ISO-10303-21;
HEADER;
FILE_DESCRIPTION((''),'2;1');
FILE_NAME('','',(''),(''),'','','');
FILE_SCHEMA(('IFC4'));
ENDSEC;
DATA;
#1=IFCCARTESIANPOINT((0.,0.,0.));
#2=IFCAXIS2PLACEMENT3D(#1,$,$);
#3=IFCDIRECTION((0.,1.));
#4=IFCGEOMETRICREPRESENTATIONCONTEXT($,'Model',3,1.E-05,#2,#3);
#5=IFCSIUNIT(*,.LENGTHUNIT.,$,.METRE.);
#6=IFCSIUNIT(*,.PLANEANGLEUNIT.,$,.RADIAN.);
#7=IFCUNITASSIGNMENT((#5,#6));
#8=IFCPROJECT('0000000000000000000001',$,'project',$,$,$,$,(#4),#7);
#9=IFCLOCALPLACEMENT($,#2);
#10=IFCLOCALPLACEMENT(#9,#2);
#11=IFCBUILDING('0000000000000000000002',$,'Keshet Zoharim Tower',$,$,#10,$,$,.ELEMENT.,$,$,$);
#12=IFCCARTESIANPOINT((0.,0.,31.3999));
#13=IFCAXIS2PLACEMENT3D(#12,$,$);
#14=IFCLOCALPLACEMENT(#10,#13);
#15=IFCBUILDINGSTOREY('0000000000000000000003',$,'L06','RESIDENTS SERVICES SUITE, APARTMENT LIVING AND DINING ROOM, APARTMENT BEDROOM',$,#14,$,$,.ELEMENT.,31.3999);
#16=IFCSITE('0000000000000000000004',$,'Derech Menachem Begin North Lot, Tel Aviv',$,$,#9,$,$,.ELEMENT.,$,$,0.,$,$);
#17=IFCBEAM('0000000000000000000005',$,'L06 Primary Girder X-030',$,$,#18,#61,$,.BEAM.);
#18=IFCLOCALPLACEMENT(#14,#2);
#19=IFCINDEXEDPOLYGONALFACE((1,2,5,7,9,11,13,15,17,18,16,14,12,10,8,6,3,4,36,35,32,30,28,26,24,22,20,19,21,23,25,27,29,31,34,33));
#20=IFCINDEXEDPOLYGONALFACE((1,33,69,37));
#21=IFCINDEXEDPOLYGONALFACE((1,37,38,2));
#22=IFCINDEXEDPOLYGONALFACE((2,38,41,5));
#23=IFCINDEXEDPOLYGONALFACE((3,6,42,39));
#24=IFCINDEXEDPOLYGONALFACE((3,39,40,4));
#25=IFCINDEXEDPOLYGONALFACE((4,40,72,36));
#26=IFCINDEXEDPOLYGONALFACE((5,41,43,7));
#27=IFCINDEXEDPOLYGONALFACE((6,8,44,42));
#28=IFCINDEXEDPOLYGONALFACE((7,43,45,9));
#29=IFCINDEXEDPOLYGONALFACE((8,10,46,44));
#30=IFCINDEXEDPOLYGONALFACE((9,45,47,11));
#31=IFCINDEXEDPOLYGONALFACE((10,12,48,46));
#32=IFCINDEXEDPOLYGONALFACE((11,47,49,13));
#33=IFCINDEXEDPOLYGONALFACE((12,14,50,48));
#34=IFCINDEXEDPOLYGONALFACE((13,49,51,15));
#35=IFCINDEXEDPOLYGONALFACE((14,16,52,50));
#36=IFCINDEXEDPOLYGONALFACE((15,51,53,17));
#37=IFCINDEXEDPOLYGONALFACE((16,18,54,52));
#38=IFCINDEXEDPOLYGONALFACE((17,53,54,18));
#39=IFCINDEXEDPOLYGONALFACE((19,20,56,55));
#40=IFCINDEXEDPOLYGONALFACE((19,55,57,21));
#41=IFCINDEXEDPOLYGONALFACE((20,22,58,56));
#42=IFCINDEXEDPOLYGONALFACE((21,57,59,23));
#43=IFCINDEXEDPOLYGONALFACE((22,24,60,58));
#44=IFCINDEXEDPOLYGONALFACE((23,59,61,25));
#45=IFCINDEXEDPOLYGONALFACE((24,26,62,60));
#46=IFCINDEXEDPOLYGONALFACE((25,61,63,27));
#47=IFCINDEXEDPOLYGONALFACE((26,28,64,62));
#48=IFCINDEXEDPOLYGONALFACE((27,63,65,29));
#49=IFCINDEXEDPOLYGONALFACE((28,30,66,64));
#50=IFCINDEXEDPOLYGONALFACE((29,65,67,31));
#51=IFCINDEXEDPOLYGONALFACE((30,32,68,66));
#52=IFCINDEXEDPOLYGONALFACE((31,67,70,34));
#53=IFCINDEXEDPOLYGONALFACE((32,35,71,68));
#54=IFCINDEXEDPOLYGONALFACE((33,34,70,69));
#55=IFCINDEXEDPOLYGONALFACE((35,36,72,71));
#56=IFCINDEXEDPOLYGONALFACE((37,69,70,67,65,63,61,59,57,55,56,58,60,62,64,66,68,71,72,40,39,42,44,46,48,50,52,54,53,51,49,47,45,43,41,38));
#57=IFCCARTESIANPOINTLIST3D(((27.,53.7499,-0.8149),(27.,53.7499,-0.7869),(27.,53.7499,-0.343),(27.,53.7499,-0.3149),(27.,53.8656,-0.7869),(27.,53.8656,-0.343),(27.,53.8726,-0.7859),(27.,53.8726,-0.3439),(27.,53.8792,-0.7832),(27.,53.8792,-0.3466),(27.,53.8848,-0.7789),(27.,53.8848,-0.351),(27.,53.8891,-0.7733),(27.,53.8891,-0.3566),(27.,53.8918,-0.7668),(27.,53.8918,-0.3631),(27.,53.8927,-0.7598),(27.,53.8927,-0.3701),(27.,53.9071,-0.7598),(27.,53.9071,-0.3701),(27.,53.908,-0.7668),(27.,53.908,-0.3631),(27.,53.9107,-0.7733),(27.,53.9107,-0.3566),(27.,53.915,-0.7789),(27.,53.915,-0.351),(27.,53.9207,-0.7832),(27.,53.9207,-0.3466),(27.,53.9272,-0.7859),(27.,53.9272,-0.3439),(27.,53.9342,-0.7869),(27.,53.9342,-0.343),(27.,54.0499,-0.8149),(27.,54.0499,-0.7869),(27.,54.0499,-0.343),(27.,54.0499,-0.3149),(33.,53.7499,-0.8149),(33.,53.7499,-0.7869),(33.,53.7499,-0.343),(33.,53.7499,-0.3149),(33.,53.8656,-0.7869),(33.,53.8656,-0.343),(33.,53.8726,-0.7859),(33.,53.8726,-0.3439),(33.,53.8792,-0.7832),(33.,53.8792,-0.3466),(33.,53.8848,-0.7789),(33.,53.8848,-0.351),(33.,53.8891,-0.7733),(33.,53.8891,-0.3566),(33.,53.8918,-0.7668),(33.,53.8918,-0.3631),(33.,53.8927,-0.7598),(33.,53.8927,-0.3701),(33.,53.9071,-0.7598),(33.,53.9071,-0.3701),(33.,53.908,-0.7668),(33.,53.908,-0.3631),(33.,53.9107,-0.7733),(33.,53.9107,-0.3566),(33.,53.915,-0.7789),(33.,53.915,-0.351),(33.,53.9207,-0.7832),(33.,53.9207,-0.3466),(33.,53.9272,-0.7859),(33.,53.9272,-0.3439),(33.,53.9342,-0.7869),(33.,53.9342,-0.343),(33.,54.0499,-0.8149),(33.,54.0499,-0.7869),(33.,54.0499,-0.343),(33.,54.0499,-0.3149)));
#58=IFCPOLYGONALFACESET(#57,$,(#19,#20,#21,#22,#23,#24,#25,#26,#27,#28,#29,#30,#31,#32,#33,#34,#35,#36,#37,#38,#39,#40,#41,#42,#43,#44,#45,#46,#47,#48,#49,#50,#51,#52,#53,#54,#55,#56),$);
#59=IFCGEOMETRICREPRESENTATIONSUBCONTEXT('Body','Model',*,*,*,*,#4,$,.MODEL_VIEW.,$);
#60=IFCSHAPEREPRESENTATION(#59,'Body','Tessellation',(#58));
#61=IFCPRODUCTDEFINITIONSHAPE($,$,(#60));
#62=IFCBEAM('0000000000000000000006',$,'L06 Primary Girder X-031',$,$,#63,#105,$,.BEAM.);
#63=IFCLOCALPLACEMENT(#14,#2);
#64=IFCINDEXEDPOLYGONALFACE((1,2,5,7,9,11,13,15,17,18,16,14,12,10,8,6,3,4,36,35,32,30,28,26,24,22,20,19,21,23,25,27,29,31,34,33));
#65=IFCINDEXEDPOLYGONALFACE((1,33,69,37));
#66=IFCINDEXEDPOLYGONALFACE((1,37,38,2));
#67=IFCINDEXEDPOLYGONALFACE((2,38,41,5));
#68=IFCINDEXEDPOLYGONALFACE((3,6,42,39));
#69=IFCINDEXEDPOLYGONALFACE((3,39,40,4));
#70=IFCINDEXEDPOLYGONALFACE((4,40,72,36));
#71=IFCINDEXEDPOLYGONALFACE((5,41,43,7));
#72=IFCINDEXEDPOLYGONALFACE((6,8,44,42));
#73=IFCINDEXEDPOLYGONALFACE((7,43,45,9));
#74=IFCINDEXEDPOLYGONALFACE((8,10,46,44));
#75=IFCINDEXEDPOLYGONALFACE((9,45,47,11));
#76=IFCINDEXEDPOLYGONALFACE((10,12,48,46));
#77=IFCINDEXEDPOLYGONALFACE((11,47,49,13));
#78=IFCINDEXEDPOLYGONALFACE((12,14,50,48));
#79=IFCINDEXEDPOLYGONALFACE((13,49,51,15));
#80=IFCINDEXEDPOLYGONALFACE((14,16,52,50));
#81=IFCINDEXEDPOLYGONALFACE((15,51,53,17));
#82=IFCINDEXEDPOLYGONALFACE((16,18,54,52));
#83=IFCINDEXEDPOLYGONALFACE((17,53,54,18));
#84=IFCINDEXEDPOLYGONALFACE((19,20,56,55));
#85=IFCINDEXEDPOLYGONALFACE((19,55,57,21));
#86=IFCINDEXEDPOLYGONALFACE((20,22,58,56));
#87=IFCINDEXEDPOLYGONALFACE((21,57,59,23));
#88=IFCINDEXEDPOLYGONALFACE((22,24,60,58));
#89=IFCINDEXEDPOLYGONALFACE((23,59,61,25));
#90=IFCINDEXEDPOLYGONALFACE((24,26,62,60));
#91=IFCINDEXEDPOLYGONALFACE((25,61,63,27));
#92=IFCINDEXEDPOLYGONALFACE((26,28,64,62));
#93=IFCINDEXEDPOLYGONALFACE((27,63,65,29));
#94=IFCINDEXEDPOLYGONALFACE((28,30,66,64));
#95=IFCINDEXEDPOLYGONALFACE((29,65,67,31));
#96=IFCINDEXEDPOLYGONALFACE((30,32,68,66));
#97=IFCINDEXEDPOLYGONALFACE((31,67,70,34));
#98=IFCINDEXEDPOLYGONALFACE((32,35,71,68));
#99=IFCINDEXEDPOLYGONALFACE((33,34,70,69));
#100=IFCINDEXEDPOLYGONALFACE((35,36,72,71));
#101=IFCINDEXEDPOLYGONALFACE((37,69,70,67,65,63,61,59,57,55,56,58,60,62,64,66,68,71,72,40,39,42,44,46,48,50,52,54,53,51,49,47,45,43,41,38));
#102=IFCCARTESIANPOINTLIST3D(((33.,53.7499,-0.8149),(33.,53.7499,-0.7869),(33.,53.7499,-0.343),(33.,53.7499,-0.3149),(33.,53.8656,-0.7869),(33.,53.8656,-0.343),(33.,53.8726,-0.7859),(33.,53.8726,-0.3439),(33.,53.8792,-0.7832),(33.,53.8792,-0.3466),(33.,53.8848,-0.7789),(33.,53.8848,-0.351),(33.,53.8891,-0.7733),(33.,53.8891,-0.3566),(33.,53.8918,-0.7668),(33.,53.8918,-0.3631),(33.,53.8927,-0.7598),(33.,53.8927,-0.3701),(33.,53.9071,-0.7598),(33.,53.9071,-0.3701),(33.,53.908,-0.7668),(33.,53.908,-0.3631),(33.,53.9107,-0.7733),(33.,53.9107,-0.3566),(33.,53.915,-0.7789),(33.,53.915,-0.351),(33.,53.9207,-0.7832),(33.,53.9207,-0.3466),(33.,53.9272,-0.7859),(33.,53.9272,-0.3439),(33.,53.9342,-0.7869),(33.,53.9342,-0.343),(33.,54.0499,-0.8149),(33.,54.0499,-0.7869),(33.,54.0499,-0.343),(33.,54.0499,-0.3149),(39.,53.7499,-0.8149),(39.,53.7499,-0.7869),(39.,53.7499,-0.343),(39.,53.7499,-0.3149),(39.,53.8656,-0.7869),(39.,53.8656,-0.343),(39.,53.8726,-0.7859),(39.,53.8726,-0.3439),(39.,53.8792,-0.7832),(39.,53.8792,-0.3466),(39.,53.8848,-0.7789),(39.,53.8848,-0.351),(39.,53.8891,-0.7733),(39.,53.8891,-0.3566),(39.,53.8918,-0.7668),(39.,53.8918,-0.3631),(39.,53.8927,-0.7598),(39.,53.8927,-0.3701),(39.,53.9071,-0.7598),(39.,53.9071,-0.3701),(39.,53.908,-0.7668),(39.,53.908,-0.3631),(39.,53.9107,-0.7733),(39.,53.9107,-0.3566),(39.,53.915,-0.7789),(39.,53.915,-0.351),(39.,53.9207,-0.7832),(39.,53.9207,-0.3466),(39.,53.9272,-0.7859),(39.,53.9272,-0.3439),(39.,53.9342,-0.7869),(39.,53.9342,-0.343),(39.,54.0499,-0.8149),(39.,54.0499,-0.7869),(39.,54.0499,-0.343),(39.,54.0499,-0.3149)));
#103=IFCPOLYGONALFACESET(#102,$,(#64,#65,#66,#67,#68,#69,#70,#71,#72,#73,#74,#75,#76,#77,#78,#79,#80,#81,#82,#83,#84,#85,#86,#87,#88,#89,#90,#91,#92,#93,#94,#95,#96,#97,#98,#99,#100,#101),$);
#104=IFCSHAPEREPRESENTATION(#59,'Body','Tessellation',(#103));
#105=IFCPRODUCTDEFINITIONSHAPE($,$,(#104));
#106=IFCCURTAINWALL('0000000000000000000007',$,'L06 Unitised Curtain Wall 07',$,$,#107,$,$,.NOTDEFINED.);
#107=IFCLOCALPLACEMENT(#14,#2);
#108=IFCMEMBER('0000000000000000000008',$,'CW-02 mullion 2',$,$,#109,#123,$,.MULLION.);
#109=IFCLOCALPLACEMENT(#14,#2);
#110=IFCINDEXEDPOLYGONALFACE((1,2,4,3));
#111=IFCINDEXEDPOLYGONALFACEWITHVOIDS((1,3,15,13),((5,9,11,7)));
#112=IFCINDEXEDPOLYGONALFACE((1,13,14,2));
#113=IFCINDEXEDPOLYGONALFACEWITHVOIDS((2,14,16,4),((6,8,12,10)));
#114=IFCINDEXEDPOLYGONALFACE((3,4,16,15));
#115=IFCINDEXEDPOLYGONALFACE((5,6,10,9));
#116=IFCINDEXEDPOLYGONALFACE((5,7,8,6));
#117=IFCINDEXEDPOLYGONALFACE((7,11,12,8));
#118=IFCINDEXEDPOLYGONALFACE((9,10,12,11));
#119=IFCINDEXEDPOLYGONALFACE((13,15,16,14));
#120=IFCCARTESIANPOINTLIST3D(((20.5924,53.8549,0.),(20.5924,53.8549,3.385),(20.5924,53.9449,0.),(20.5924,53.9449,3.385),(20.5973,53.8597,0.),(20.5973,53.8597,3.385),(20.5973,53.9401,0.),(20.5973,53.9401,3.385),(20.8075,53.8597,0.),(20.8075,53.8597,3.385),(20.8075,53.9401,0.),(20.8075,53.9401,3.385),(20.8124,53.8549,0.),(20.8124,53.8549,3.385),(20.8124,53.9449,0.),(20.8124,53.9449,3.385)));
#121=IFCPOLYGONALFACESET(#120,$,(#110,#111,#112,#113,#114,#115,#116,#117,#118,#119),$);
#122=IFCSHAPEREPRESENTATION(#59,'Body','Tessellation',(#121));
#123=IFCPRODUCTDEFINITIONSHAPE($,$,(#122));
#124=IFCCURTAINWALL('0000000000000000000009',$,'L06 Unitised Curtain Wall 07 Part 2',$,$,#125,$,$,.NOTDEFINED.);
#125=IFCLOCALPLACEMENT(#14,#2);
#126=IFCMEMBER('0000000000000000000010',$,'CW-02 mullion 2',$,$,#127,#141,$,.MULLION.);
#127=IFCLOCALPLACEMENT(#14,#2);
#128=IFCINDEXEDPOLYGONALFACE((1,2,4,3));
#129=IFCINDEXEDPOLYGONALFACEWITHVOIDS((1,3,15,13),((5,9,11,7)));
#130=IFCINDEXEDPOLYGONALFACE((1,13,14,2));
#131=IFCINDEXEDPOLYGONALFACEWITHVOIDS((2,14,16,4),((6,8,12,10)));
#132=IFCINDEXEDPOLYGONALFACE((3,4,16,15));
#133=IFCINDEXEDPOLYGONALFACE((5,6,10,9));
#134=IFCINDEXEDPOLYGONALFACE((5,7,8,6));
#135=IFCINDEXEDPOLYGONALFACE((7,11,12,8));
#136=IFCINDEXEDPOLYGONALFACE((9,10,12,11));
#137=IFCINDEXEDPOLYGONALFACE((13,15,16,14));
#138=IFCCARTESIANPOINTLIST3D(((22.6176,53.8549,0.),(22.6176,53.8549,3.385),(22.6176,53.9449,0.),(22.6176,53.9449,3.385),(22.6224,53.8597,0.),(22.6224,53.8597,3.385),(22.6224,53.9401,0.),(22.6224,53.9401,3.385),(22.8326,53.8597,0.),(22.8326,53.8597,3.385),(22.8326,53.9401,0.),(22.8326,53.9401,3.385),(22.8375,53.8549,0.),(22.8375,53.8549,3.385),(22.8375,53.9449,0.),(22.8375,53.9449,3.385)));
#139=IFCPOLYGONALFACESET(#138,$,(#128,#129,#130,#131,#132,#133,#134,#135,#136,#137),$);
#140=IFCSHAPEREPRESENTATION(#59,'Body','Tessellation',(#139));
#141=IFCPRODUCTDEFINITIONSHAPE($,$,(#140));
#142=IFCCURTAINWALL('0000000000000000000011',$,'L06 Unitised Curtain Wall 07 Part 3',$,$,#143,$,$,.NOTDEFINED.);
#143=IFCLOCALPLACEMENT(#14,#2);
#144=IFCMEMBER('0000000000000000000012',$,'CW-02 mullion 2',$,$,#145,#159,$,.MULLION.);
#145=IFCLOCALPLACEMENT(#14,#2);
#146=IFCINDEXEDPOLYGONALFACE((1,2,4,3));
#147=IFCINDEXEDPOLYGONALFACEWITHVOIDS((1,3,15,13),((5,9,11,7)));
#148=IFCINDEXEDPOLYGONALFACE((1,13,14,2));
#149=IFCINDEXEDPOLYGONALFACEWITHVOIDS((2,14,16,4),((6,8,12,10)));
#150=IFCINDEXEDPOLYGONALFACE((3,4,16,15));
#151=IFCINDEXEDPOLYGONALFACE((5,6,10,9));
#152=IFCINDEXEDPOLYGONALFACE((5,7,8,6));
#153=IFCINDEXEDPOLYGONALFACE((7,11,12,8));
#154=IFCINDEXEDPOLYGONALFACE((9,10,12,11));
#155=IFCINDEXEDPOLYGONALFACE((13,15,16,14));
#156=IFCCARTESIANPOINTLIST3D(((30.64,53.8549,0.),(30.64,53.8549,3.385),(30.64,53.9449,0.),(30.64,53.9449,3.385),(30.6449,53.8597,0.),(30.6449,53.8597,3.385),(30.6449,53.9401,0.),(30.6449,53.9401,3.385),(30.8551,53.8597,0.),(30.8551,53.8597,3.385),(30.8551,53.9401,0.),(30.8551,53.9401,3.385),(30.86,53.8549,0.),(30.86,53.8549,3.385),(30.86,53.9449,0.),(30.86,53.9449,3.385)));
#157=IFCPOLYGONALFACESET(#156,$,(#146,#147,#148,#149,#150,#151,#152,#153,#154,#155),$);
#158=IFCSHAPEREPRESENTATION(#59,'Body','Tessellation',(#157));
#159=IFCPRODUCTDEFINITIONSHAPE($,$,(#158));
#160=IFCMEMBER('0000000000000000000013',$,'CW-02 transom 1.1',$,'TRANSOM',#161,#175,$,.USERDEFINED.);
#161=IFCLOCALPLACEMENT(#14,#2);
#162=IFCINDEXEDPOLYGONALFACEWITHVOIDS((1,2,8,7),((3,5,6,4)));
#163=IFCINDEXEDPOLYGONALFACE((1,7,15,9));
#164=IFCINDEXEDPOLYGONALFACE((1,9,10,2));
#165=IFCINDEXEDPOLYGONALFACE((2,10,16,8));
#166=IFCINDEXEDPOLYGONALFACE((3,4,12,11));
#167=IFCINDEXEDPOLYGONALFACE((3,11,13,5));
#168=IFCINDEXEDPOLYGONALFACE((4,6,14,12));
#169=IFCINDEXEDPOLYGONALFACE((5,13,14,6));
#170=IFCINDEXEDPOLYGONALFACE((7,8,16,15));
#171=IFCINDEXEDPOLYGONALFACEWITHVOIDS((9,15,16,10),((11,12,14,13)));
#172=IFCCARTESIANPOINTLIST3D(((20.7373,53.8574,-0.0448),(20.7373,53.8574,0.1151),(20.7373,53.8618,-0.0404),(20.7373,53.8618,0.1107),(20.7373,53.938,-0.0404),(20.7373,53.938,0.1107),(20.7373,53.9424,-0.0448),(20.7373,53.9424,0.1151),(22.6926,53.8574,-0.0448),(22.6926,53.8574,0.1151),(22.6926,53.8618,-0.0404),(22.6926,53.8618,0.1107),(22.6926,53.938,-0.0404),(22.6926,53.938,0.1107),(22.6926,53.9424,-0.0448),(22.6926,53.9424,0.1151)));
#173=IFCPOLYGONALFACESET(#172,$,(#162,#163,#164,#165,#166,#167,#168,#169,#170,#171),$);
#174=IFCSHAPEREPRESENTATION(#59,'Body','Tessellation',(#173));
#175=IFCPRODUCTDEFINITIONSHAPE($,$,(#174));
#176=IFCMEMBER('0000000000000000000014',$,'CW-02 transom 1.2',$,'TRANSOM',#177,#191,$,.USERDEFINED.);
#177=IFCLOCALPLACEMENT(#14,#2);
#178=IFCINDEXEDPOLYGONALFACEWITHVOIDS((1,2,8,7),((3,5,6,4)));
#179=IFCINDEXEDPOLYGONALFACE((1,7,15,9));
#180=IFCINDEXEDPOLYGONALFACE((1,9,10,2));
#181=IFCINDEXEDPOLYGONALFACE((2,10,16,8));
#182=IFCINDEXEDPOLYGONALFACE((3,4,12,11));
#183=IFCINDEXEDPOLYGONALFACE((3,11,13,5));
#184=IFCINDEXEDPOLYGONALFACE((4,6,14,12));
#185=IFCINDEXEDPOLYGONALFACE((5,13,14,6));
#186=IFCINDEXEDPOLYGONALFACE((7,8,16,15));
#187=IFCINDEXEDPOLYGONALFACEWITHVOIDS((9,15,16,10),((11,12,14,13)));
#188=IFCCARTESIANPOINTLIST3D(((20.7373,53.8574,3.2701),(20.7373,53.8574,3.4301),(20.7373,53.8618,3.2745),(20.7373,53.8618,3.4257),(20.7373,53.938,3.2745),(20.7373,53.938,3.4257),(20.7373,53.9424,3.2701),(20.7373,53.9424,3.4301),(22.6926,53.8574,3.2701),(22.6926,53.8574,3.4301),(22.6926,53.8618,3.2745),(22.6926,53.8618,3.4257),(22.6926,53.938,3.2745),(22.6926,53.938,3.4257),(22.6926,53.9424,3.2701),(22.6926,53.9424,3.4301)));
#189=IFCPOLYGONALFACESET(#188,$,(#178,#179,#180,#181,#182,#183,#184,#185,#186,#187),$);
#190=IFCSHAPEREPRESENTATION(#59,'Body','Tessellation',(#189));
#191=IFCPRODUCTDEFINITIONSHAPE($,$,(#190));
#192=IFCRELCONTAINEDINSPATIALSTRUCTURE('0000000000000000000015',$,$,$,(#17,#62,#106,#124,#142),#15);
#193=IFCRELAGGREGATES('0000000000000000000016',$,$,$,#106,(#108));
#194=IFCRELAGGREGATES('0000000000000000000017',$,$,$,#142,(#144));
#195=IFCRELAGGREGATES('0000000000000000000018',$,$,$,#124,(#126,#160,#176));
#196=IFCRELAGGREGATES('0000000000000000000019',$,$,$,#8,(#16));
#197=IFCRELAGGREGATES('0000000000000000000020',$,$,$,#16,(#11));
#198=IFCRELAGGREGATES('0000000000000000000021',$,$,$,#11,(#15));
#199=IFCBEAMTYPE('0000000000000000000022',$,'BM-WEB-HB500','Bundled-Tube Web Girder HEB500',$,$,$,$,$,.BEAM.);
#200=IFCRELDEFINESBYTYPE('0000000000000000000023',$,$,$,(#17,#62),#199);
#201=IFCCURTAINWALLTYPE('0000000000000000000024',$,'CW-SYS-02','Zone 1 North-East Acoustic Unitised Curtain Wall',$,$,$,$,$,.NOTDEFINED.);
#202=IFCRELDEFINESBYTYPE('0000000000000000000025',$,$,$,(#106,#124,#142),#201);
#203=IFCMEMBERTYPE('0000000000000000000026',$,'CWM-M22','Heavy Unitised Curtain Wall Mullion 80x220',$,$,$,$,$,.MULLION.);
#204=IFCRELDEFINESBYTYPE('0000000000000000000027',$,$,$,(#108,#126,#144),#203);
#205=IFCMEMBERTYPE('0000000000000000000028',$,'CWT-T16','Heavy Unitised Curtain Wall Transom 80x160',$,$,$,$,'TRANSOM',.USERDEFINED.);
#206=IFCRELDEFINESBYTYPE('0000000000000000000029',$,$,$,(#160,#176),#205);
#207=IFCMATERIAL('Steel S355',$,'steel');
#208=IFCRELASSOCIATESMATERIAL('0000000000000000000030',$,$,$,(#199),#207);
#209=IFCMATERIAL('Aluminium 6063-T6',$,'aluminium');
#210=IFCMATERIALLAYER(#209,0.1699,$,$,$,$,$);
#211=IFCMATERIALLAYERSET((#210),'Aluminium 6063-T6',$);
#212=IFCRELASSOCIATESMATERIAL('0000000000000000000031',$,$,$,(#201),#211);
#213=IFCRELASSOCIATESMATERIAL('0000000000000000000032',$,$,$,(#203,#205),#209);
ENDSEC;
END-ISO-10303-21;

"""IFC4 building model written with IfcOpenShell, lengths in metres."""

from ifc_helpers import new_model, si_unit, direction, frame, origin, origin_2d, place, context, subcontext, project, spatial, hollow_rectangle, i_section, extrude, material, layer, layer_set, material_profile, profile_set, type_object, element, aggregate, save


model = new_model("IFC4")

# Units and contexts
model_context = context("Model", 3, precision=1e-05, world=origin(), true_north=direction((0.0, 1.0)))
body_context = subcontext(model_context, "Body", "Model", "MODEL_VIEW")
ifc_project = project(units=[si_unit("LENGTHUNIT", "METRE"), si_unit("PLANEANGLEUNIT", "RADIAN")], contexts=[model_context])

# Site, building, storey
site_placement = place(None, origin())
site = spatial("IfcSite", under=ifc_project, at=site_placement, Name="Derech Menachem Begin North Lot, Tel Aviv", CompositionType="ELEMENT", RefElevation=0.0)
building_placement = place(site_placement, origin())
building = spatial("IfcBuilding", under=site, at=building_placement, Name="Keshet Zoharim Tower", CompositionType="ELEMENT")
storey_placement = place(building_placement, frame((0.0, 0.0, 31.3999)))
storey = spatial("IfcBuildingStorey", under=building, at=storey_placement, Name="L06", Description="RESIDENTS SERVICES SUITE, APARTMENT LIVING AND DINING ROOM, APARTMENT BEDROOM", CompositionType="ELEMENT", Elevation=31.3999)

# Shared definitions
ifc_material_1 = material(Name="Steel S355", Category="steel")

# Beams
ifc_material_profile_1 = material_profile(ifc_material_1, i_section(OverallWidth=0.3, OverallDepth=0.5, WebThickness=0.0144, FlangeThickness=0.0281, FilletRadius=0.0271, at=origin_2d()), Name="HEB500")
ifc_profile_set_1 = profile_set([ifc_material_profile_1], Name="Steel S355")
beam_type = type_object("IfcBeamType", Name="BM-WEB-HB500", Description="Bundled-Tube Web Girder HEB500", PredefinedType="BEAM", material=ifc_profile_set_1)
for number, where, z_axis, x_axis, name in (
    (1, (27.0, 53.8999, -0.5649), (1.0, 0.0, 0.0), (0.0, 1.0, 0.0), "L06 Primary Girder X-030"),
    (2, (33.0, 53.8999, -0.5649), (1.0, 0.0, 0.0), (0.0, 1.0, 0.0), "L06 Primary Girder X-031"),
):
    element("IfcBeam", number, at=place(storey_placement, frame(where, z_axis=z_axis, x_axis=x_axis)), inside=storey, type_object=beam_type, Name=name, PredefinedType="BEAM", context=body_context, shape_type="SweptSolid", body=[
        extrude(i_section(OverallWidth=0.3, OverallDepth=0.5, WebThickness=0.0144, FlangeThickness=0.0281, FilletRadius=0.0271, at=origin_2d()), origin(), (0.0, 0.0, 1.0), 6.0),
    ])

# Curtain walls, members
ifc_material_2 = material(Name="Aluminium 6063-T6", Category="aluminium")
ifc_layer_1 = layer(ifc_material_2, 0.1699)
ifc_layer_set_1 = layer_set([ifc_layer_1], Name="Aluminium 6063-T6")
curtain_wall_type = type_object("IfcCurtainWallType", Name="CW-SYS-02", Description="Zone 1 North-East Acoustic Unitised Curtain Wall", PredefinedType="NOTDEFINED", material=ifc_layer_set_1)
curtain_wall_1_placement = place(storey_placement, origin())
curtain_wall_1 = element("IfcCurtainWall", 3, at=curtain_wall_1_placement, inside=storey, type_object=curtain_wall_type, Name="L06 Unitised Curtain Wall 07", PredefinedType="NOTDEFINED")
ifc_material_profile_2 = material_profile(ifc_material_2, hollow_rectangle(XDim=0.0901, YDim=0.22, WallThickness=0.0049, at=origin_2d()), Name="MUL-90x220")
ifc_profile_set_2 = profile_set([ifc_material_profile_2], Name="Aluminium 6063-T6")
member_type_1 = type_object("IfcMemberType", Name="CWM-M22", Description="Heavy Unitised Curtain Wall Mullion 80x220", PredefinedType="MULLION", material=ifc_profile_set_2)
member_1_placement = place(storey_placement, frame((20.7024, 53.8999, 0.0), z_axis=(0.0, 0.0, 1.0), x_axis=(0.0, 1.0, 0.0)))
member_1 = element("IfcMember", 4, at=member_1_placement, type_object=member_type_1, Name="CW-02 mullion 2", PredefinedType="MULLION", context=body_context, shape_type="SweptSolid", body=[
    extrude(hollow_rectangle(XDim=0.0901, YDim=0.22, WallThickness=0.0049, at=origin_2d()), origin(), (0.0, 0.0, 1.0), 3.385),
])
aggregate(curtain_wall_1, [member_1])
curtain_wall_2_placement = place(storey_placement, origin())
curtain_wall_2 = element("IfcCurtainWall", 5, at=curtain_wall_2_placement, inside=storey, type_object=curtain_wall_type, Name="L06 Unitised Curtain Wall 07 Part 2", PredefinedType="NOTDEFINED")
member_2_placement = place(storey_placement, frame((22.7275, 53.8999, 0.0), z_axis=(0.0, 0.0, 1.0), x_axis=(0.0, 1.0, 0.0)))
member_2 = element("IfcMember", 6, at=member_2_placement, type_object=member_type_1, Name="CW-02 mullion 2", PredefinedType="MULLION", context=body_context, shape_type="SweptSolid", body=[
    extrude(hollow_rectangle(XDim=0.0901, YDim=0.22, WallThickness=0.0049, at=origin_2d()), origin(), (0.0, 0.0, 1.0), 3.385),
])
curtain_wall_3_placement = place(storey_placement, origin())
curtain_wall_3 = element("IfcCurtainWall", 7, at=curtain_wall_3_placement, inside=storey, type_object=curtain_wall_type, Name="L06 Unitised Curtain Wall 07 Part 3", PredefinedType="NOTDEFINED")
member_3_placement = place(storey_placement, frame((30.75, 53.8999, 0.0), z_axis=(0.0, 0.0, 1.0), x_axis=(0.0, 1.0, 0.0)))
member_3 = element("IfcMember", 8, at=member_3_placement, type_object=member_type_1, Name="CW-02 mullion 2", PredefinedType="MULLION", context=body_context, shape_type="SweptSolid", body=[
    extrude(hollow_rectangle(XDim=0.0901, YDim=0.22, WallThickness=0.0049, at=origin_2d()), origin(), (0.0, 0.0, 1.0), 3.385),
])

# Members
ifc_material_profile_3 = material_profile(ifc_material_2, hollow_rectangle(XDim=0.085, YDim=0.1599, WallThickness=0.0044, at=origin_2d()), Name="TRN-85x160")
ifc_profile_set_3 = profile_set([ifc_material_profile_3], Name="Aluminium 6063-T6")
member_type_2 = type_object("IfcMemberType", Name="CWT-T16", Description="Heavy Unitised Curtain Wall Transom 80x160", ElementType="TRANSOM", PredefinedType="USERDEFINED", material=ifc_profile_set_3)
member_4_placement = place(storey_placement, frame((20.7373, 53.8999, 0.0352), z_axis=(1.0, 0.0, 0.0), x_axis=(0.0, 1.0, 0.0)))
member_4 = element("IfcMember", 9, at=member_4_placement, type_object=member_type_2, Name="CW-02 transom 1.1", ObjectType="TRANSOM", PredefinedType="USERDEFINED", context=body_context, shape_type="SweptSolid", body=[
    extrude(hollow_rectangle(XDim=0.085, YDim=0.1599, WallThickness=0.0044, at=origin_2d()), origin(), (0.0, 0.0, 1.0), 1.9553),
])
member_5_placement = place(storey_placement, frame((20.7373, 53.8999, 3.3501), z_axis=(1.0, 0.0, 0.0), x_axis=(0.0, 1.0, 0.0)))
member_5 = element("IfcMember", 10, at=member_5_placement, type_object=member_type_2, Name="CW-02 transom 1.2", ObjectType="TRANSOM", PredefinedType="USERDEFINED", context=body_context, shape_type="SweptSolid", body=[
    extrude(hollow_rectangle(XDim=0.085, YDim=0.1599, WallThickness=0.0044, at=origin_2d()), origin(), (0.0, 0.0, 1.0), 1.9553),
])

aggregate(curtain_wall_3, [member_3])
aggregate(curtain_wall_2, [member_2, member_4, member_5])

save(model, "model.ifc")
